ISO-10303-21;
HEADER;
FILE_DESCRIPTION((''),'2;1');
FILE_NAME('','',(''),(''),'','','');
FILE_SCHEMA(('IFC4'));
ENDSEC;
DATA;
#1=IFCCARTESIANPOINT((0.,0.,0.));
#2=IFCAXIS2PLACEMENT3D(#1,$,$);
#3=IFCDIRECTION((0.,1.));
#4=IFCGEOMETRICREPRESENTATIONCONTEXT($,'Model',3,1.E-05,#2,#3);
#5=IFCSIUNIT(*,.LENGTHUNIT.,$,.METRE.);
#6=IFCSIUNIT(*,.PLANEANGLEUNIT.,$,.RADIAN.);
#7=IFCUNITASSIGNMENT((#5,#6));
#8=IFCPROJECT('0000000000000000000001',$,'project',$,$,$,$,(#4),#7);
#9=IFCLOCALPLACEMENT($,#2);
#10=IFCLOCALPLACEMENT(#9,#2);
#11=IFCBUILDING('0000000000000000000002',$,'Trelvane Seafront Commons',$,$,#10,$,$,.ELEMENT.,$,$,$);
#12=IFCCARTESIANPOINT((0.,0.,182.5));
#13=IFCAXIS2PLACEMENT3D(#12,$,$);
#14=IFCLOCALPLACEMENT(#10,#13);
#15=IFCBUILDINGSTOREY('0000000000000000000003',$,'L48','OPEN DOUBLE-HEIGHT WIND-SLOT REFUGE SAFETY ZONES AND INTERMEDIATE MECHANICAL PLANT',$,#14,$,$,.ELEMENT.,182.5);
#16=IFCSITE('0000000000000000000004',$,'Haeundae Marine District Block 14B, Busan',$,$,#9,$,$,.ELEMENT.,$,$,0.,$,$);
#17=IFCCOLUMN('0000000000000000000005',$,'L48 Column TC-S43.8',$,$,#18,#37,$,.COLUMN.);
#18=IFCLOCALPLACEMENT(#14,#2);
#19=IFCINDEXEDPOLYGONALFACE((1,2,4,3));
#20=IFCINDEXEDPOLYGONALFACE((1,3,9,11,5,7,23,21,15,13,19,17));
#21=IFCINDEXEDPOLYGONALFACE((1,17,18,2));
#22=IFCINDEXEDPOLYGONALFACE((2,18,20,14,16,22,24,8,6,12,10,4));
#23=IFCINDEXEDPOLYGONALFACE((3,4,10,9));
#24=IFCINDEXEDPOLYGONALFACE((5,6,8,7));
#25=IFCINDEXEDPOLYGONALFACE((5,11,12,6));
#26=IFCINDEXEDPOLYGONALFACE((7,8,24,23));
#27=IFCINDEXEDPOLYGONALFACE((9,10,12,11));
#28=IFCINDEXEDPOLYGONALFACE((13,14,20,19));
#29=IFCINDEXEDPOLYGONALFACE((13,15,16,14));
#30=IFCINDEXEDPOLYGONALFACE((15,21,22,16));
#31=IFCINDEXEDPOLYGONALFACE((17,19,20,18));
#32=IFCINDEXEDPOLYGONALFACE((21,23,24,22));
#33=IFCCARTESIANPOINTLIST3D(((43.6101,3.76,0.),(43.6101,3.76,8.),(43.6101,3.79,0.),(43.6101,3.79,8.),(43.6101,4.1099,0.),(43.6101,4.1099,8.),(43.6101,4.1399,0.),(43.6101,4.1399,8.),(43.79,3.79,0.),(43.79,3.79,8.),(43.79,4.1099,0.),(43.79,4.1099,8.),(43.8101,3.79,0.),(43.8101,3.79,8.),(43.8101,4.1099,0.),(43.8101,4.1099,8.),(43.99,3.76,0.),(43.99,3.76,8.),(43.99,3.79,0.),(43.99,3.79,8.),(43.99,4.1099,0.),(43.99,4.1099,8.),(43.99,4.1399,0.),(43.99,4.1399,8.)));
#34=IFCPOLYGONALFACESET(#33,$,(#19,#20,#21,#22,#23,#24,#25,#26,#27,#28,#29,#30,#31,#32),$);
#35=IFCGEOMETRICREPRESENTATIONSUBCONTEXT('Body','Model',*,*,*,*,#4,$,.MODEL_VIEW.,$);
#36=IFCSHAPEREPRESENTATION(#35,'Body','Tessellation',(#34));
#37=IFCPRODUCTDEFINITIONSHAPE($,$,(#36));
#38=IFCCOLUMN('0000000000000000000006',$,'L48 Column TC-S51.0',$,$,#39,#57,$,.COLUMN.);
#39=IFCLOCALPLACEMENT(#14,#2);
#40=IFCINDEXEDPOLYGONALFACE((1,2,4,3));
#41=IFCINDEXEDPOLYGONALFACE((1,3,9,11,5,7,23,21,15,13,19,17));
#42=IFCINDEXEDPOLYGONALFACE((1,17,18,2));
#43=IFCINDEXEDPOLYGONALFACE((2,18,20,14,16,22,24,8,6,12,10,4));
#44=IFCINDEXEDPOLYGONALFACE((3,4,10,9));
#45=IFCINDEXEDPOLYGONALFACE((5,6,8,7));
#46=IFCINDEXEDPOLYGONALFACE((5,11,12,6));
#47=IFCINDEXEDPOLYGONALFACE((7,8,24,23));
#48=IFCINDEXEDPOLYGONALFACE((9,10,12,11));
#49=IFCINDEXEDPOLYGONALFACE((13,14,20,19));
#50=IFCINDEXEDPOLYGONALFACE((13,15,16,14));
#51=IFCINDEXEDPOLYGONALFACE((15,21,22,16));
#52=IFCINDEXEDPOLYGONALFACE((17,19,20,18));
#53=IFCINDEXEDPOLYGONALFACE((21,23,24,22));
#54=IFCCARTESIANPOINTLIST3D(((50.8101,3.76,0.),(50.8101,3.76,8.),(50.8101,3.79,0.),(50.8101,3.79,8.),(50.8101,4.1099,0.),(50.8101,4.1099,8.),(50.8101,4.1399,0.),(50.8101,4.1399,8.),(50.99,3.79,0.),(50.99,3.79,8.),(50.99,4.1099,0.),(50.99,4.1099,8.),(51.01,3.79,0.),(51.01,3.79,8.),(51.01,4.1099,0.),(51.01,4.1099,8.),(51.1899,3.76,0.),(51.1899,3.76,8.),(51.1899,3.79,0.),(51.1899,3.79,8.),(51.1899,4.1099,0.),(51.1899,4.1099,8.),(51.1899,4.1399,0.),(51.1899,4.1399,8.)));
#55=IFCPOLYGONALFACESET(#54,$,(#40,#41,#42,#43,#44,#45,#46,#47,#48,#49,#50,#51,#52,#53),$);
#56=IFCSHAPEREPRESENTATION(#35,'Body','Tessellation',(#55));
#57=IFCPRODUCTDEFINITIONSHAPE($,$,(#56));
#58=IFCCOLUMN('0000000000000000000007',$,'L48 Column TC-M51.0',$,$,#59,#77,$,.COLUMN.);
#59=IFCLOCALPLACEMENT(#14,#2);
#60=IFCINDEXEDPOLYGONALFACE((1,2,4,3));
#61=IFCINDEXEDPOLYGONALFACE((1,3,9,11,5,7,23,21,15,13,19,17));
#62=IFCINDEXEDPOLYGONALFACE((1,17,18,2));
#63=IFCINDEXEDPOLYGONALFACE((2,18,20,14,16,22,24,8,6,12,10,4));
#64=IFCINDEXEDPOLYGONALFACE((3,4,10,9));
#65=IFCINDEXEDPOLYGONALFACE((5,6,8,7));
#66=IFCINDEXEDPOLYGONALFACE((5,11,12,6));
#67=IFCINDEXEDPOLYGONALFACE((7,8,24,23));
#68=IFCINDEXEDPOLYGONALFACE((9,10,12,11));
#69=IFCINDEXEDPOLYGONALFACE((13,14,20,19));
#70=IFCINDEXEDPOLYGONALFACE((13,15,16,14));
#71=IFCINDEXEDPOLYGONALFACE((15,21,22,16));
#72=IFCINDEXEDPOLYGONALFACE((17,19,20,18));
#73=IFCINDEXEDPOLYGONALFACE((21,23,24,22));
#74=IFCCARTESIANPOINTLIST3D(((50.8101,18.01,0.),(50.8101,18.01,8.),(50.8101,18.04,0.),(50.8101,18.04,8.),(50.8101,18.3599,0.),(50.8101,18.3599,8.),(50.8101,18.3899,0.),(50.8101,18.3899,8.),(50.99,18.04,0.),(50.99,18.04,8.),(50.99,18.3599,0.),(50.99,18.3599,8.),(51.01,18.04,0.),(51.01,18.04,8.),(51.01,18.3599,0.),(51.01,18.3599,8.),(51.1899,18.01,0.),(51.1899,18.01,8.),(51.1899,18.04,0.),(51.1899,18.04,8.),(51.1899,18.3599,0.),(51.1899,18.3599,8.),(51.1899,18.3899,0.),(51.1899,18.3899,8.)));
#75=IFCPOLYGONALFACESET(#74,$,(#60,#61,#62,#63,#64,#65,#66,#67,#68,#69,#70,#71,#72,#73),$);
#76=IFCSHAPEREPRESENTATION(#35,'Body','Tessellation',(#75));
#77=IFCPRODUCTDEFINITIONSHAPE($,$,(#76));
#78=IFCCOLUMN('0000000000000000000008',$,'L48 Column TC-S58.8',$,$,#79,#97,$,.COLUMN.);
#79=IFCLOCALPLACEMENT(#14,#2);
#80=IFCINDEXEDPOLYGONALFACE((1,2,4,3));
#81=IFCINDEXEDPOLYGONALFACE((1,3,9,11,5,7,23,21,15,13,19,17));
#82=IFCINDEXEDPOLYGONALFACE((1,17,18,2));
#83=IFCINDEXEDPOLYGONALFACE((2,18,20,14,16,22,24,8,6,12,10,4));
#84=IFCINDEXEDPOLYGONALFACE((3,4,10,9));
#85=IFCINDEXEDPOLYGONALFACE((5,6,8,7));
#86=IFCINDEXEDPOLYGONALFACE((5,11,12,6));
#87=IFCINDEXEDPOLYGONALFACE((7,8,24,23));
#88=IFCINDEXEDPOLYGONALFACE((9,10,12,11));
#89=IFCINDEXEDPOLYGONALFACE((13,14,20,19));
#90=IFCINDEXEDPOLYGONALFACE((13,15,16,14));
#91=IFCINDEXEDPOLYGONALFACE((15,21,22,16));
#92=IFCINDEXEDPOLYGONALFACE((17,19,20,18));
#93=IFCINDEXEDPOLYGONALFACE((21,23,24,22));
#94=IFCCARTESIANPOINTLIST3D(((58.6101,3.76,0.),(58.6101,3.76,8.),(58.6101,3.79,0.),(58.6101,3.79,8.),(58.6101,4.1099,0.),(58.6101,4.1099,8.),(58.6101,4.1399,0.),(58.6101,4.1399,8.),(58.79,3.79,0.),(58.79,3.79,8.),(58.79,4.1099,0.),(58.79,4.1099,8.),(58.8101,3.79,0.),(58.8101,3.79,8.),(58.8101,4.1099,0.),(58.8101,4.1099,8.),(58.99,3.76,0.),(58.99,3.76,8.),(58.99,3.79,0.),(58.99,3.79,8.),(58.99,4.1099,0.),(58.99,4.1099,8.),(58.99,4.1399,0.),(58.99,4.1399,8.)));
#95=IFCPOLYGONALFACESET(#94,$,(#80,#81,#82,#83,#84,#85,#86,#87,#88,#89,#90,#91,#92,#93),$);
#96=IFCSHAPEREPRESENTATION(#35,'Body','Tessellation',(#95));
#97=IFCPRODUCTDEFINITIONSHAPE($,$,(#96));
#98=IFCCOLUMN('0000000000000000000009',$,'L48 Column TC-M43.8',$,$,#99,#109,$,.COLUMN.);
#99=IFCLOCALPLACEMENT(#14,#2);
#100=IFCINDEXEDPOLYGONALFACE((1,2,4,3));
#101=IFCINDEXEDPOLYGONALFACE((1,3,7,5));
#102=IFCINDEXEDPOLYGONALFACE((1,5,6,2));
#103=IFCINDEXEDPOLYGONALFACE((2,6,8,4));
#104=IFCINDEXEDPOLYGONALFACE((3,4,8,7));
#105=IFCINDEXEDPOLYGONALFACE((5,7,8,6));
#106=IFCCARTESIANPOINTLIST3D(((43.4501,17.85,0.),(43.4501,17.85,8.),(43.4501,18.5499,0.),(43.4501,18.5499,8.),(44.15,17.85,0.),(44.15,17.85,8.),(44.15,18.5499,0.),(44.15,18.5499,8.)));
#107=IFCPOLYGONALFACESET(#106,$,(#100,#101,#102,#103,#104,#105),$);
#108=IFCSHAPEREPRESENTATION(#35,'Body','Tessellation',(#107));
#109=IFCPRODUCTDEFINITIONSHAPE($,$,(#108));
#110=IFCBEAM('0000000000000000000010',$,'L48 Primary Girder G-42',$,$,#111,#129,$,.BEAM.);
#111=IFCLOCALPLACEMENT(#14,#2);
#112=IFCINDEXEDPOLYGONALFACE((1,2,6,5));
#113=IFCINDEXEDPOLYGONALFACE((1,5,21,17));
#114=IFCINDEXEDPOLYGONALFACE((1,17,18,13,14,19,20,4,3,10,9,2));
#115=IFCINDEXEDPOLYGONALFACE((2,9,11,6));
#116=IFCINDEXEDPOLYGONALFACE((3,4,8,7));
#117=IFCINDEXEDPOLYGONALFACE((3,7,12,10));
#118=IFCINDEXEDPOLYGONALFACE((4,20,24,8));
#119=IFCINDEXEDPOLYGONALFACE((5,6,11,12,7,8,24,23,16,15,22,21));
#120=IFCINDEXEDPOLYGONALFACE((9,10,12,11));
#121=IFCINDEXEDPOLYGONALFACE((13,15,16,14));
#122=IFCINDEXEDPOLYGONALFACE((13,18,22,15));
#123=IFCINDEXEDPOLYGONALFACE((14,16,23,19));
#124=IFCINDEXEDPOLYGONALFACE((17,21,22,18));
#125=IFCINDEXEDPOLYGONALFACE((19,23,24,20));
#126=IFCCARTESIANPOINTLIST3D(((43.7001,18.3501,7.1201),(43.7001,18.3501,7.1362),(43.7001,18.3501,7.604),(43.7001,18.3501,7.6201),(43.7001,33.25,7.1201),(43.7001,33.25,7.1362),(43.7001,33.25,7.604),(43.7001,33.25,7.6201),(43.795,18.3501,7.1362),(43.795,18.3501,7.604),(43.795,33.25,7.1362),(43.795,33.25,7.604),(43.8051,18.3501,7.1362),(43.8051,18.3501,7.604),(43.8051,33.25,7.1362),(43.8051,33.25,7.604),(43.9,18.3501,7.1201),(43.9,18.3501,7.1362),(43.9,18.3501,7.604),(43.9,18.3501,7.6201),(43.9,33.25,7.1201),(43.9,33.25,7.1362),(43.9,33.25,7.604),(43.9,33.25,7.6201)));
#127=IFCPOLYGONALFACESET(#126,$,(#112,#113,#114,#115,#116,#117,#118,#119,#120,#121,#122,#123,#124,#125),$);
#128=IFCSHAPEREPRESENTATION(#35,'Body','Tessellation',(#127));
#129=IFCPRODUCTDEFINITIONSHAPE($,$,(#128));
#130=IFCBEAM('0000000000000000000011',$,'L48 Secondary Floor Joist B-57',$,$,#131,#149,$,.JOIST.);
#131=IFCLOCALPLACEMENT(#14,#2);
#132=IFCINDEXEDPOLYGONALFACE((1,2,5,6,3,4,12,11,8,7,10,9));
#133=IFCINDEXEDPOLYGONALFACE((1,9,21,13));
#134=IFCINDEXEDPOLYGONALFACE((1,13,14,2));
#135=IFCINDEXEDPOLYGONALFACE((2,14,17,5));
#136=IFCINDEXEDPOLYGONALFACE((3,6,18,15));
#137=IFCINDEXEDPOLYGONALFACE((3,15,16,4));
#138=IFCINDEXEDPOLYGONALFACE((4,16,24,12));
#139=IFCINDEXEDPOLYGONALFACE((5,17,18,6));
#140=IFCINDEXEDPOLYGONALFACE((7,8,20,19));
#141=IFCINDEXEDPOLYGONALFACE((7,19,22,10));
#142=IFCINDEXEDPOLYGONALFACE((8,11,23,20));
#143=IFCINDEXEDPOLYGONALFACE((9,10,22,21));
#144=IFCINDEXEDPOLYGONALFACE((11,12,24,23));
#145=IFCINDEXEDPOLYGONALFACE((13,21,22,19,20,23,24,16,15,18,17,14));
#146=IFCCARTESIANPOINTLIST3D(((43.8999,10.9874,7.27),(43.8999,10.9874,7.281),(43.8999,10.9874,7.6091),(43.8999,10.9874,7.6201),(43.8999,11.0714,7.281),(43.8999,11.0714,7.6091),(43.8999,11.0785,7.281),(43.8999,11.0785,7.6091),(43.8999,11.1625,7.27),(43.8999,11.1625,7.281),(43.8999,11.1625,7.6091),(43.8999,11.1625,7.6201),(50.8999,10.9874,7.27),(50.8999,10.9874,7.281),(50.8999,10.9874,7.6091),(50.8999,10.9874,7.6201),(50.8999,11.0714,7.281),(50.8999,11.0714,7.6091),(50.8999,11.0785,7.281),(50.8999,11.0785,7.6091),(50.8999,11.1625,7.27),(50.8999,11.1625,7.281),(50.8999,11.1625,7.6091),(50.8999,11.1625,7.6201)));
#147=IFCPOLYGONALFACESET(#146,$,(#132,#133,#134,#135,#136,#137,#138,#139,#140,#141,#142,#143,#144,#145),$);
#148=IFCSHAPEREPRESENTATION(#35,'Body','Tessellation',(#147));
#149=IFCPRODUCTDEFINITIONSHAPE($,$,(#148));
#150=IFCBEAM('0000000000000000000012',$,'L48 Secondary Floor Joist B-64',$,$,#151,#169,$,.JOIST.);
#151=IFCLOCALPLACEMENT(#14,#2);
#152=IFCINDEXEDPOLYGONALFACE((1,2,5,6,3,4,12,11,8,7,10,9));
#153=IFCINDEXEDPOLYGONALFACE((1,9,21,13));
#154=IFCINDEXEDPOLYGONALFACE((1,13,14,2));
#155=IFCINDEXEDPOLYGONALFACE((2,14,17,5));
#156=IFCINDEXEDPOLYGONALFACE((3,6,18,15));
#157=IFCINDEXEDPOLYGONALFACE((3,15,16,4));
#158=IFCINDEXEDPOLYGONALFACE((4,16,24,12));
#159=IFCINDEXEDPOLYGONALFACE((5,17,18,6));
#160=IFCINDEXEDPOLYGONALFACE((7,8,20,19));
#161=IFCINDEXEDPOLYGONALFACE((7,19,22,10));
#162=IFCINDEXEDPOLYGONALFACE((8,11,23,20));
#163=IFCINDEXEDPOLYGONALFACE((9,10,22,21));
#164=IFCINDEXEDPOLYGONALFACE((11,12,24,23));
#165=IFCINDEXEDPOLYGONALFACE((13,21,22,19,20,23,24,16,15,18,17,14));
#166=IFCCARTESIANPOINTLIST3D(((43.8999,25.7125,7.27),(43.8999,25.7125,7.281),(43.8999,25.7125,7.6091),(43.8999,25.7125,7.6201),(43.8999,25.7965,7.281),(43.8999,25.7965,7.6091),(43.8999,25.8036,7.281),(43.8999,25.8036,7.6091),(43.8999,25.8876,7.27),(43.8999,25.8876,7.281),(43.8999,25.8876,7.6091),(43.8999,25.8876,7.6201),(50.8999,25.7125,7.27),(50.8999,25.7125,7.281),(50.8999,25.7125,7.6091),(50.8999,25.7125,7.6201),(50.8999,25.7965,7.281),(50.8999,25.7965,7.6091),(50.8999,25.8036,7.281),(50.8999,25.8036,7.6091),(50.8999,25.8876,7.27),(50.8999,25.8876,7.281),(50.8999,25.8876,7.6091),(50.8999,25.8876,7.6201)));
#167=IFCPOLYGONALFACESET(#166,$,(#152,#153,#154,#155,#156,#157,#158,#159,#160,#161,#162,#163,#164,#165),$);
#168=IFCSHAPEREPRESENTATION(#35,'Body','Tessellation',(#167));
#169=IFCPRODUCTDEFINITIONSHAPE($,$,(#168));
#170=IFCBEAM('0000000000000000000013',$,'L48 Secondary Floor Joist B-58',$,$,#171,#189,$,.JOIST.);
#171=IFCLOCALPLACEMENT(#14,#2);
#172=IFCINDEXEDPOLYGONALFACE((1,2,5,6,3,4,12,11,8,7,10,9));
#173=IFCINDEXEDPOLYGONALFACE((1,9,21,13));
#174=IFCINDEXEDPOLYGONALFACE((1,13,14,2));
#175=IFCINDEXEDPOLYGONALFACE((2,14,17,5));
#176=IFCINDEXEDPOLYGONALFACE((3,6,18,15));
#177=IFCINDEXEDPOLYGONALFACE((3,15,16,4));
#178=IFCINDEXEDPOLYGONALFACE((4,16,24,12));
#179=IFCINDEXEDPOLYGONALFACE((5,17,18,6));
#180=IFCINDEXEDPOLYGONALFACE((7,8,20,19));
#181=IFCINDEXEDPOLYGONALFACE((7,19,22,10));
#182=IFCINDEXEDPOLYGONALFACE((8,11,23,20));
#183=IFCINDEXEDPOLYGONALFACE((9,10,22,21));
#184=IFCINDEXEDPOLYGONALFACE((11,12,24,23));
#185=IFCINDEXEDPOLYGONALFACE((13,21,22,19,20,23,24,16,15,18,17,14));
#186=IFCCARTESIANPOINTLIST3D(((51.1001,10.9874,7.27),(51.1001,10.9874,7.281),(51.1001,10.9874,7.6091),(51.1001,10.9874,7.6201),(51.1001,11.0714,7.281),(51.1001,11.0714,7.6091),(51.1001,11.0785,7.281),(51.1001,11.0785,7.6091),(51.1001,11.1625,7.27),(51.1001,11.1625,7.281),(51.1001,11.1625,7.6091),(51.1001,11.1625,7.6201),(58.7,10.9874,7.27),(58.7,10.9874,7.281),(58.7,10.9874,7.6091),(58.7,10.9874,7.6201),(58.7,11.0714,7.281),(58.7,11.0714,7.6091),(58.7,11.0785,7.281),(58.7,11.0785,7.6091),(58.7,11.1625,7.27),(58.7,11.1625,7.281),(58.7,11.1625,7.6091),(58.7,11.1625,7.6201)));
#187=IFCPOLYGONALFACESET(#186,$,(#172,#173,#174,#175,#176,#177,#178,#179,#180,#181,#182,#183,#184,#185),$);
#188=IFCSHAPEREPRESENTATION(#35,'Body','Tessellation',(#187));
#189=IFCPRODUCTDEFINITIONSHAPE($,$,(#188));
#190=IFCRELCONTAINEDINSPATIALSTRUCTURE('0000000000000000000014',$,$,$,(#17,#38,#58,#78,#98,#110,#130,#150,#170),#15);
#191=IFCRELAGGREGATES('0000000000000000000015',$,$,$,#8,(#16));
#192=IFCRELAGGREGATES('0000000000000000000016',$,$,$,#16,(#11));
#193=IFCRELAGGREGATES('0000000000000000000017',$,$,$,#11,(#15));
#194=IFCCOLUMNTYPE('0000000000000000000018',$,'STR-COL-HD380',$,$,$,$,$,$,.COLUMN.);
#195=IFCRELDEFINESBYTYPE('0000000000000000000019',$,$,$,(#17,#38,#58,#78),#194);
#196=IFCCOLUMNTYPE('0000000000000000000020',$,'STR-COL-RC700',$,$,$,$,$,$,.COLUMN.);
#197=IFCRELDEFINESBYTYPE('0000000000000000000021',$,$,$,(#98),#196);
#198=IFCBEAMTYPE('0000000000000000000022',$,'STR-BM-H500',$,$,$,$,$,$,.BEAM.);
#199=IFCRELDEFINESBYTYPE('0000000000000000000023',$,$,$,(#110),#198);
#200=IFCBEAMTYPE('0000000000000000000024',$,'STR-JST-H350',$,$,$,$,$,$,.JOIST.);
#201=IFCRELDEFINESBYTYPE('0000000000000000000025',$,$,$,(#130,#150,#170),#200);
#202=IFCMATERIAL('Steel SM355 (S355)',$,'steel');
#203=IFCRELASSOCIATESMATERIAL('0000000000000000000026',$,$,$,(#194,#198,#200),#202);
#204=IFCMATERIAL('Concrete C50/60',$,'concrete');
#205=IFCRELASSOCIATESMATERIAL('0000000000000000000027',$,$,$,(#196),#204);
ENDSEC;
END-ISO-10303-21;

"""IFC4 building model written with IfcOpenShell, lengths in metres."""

from ifc_helpers import new_model, si_unit, direction, frame, origin, origin_2d, place, context, subcontext, project, spatial, rectangle, i_section, extrude, source, transform, mapped, material, material_profile, profile_set, type_object, element, save


model = new_model("IFC4")

# Units and contexts
model_context = context("Model", 3, precision=1e-05, world=origin(), true_north=direction((0.0, 1.0)))
body_context = subcontext(model_context, "Body", "Model", "MODEL_VIEW")
ifc_project = project(units=[si_unit("LENGTHUNIT", "METRE"), si_unit("PLANEANGLEUNIT", "RADIAN")], contexts=[model_context])

# Site, building, storey
site_placement = place(None, origin())
site = spatial("IfcSite", under=ifc_project, at=site_placement, Name="Haeundae Marine District Block 14B, Busan", CompositionType="ELEMENT", RefElevation=0.0)
building_placement = place(site_placement, origin())
building = spatial("IfcBuilding", under=site, at=building_placement, Name="Trelvane Seafront Commons", CompositionType="ELEMENT")
storey_placement = place(building_placement, frame((0.0, 0.0, 182.5)))
storey = spatial("IfcBuildingStorey", under=building, at=storey_placement, Name="L48", Description="OPEN DOUBLE-HEIGHT WIND-SLOT REFUGE SAFETY ZONES AND INTERMEDIATE MECHANICAL PLANT", CompositionType="ELEMENT", Elevation=182.5)

# Columns
ifc_material_1 = material(Name="Steel SM355 (S355)", Category="steel")
ifc_material_profile_1 = material_profile(ifc_material_1, i_section(OverallWidth=0.3799, OverallDepth=0.3799, WebThickness=0.02, FlangeThickness=0.03, at=origin_2d()), Name="HD-380x380x20x30")
ifc_profile_set_1 = profile_set([ifc_material_profile_1], Name="Steel SM355 (S355)")
column_type_1 = type_object("IfcColumnType", Name="STR-COL-HD380", PredefinedType="COLUMN", material=ifc_profile_set_1)
shared_shape_1 = source(origin(), body_context, "Body", "SweptSolid", [
    extrude(i_section(OverallWidth=0.3799, OverallDepth=0.3799, WebThickness=0.02, FlangeThickness=0.03, at=origin_2d()), origin(), (0.0, 0.0, 1.0), 8.0),
])
for number, where, z_axis, x_axis, name in (
    (1, (43.8, 3.95, 0.0), (0.0, 0.0, 1.0), (1.0, 0.0, 0.0), "L48 Column TC-S43.8"),
    (2, (51.0, 3.95, 0.0), (0.0, 0.0, 1.0), (1.0, 0.0, 0.0), "L48 Column TC-S51.0"),
    (3, (51.0, 18.2, 0.0), (0.0, 0.0, 1.0), (1.0, 0.0, 0.0), "L48 Column TC-M51.0"),
    (4, (58.8, 3.95, 0.0), (0.0, 0.0, 1.0), (1.0, 0.0, 0.0), "L48 Column TC-S58.8"),
):
    element("IfcColumn", number, at=place(storey_placement, frame(where, z_axis=z_axis, x_axis=x_axis)), inside=storey, type_object=column_type_1, Name=name, PredefinedType="COLUMN", context=body_context, shape_type="MappedRepresentation", body=[
        mapped(shared_shape_1, transform((0.0, 0.0, 0.0), x_axis=(1.0, 0.0, 0.0), y_axis=(0.0, 1.0, 0.0), z_axis=(0.0, 0.0, 1.0), scale=1.0)),
    ])
ifc_material_2 = material(Name="Concrete C50/60", Category="concrete")
ifc_material_profile_2 = material_profile(ifc_material_2, rectangle(XDim=0.7, YDim=0.7, at=origin_2d()), Name="RC-700x700")
ifc_profile_set_2 = profile_set([ifc_material_profile_2], Name="Concrete C50/60")
column_type_2 = type_object("IfcColumnType", Name="STR-COL-RC700", PredefinedType="COLUMN", material=ifc_profile_set_2)
shared_shape_2 = source(origin(), body_context, "Body", "SweptSolid", [
    extrude(rectangle(XDim=0.7, YDim=0.7, at=origin_2d()), origin(), (0.0, 0.0, 1.0), 8.0),
])
column_placement = place(storey_placement, frame((43.8, 18.2, 0.0), z_axis=(0.0, 0.0, 1.0), x_axis=(1.0, 0.0, 0.0)))
element("IfcColumn", 5, at=column_placement, inside=storey, type_object=column_type_2, Name="L48 Column TC-M43.8", PredefinedType="COLUMN", context=body_context, shape_type="MappedRepresentation", body=[
    mapped(shared_shape_2, transform((0.0, 0.0, 0.0), x_axis=(1.0, 0.0, 0.0), y_axis=(0.0, 1.0, 0.0), z_axis=(0.0, 0.0, 1.0), scale=1.0)),
])

# Beams
ifc_material_profile_3 = material_profile(ifc_material_1, i_section(OverallWidth=0.2, OverallDepth=0.5, WebThickness=0.01, FlangeThickness=0.0161, at=origin_2d()), Name="H-500x200x10x16")
ifc_profile_set_3 = profile_set([ifc_material_profile_3], Name="Steel SM355 (S355)")
beam_type_1 = type_object("IfcBeamType", Name="STR-BM-H500", PredefinedType="BEAM", material=ifc_profile_set_3)
shared_shape_3 = source(origin(), body_context, "Body", "SweptSolid", [
    extrude(i_section(OverallWidth=0.2, OverallDepth=0.5, WebThickness=0.01, FlangeThickness=0.0161, at=origin_2d()), origin(), (0.0, 0.0, 1.0), 14.8999),
])
beam_1_placement = place(storey_placement, frame((43.8, 18.3501, 7.3701), z_axis=(0.0, 1.0, 0.0), x_axis=(-1.0, 0.0, 0.0)))
element("IfcBeam", 6, at=beam_1_placement, inside=storey, type_object=beam_type_1, Name="L48 Primary Girder G-42", PredefinedType="BEAM", context=body_context, shape_type="MappedRepresentation", body=[
    mapped(shared_shape_3, transform((0.0, 0.0, 0.0), x_axis=(1.0, 0.0, 0.0), y_axis=(0.0, 1.0, 0.0), z_axis=(0.0, 0.0, 1.0), scale=1.0)),
])
ifc_material_profile_4 = material_profile(ifc_material_1, i_section(OverallWidth=0.175, OverallDepth=0.3501, WebThickness=0.0071, FlangeThickness=0.011, at=origin_2d()), Name="H-350x175x7x11")
ifc_profile_set_4 = profile_set([ifc_material_profile_4], Name="Steel SM355 (S355)")
beam_type_2 = type_object("IfcBeamType", Name="STR-JST-H350", PredefinedType="JOIST", material=ifc_profile_set_4)
shared_shape_4 = source(origin(), body_context, "Body", "SweptSolid", [
    extrude(i_section(OverallWidth=0.175, OverallDepth=0.3501, WebThickness=0.0071, FlangeThickness=0.011, at=origin_2d()), origin(), (0.0, 0.0, 1.0), 7.0),
])
for number, where, z_axis, x_axis, name in (
    (7, (43.8999, 11.075, 7.4451), (1.0, 0.0, 0.0), (0.0, 1.0, 0.0), "L48 Secondary Floor Joist B-57"),
    (8, (43.8999, 25.8, 7.4451), (1.0, 0.0, 0.0), (0.0, 1.0, 0.0), "L48 Secondary Floor Joist B-64"),
):
    element("IfcBeam", number, at=place(storey_placement, frame(where, z_axis=z_axis, x_axis=x_axis)), inside=storey, type_object=beam_type_2, Name=name, PredefinedType="JOIST", context=body_context, shape_type="MappedRepresentation", body=[
        mapped(shared_shape_4, transform((0.0, 0.0, 0.0), x_axis=(1.0, 0.0, 0.0), y_axis=(0.0, 1.0, 0.0), z_axis=(0.0, 0.0, 1.0), scale=1.0)),
    ])
shared_shape_5 = source(origin(), body_context, "Body", "SweptSolid", [
    extrude(i_section(OverallWidth=0.175, OverallDepth=0.3501, WebThickness=0.0071, FlangeThickness=0.011, at=origin_2d()), origin(), (0.0, 0.0, 1.0), 7.5999),
])
for number, where, z_axis, x_axis, name in (
    (9, (51.1001, 11.075, 7.4451), (1.0, 0.0, 0.0), (0.0, 1.0, 0.0), "L48 Secondary Floor Joist B-58"),
):
    element("IfcBeam", number, at=place(storey_placement, frame(where, z_axis=z_axis, x_axis=x_axis)), inside=storey, type_object=beam_type_2, Name=name, PredefinedType="JOIST", context=body_context, shape_type="MappedRepresentation", body=[
        mapped(shared_shape_5, transform((0.0, 0.0, 0.0), x_axis=(1.0, 0.0, 0.0), y_axis=(0.0, 1.0, 0.0), z_axis=(0.0, 0.0, 1.0), scale=1.0)),
    ])

save(model, "model.ifc")
